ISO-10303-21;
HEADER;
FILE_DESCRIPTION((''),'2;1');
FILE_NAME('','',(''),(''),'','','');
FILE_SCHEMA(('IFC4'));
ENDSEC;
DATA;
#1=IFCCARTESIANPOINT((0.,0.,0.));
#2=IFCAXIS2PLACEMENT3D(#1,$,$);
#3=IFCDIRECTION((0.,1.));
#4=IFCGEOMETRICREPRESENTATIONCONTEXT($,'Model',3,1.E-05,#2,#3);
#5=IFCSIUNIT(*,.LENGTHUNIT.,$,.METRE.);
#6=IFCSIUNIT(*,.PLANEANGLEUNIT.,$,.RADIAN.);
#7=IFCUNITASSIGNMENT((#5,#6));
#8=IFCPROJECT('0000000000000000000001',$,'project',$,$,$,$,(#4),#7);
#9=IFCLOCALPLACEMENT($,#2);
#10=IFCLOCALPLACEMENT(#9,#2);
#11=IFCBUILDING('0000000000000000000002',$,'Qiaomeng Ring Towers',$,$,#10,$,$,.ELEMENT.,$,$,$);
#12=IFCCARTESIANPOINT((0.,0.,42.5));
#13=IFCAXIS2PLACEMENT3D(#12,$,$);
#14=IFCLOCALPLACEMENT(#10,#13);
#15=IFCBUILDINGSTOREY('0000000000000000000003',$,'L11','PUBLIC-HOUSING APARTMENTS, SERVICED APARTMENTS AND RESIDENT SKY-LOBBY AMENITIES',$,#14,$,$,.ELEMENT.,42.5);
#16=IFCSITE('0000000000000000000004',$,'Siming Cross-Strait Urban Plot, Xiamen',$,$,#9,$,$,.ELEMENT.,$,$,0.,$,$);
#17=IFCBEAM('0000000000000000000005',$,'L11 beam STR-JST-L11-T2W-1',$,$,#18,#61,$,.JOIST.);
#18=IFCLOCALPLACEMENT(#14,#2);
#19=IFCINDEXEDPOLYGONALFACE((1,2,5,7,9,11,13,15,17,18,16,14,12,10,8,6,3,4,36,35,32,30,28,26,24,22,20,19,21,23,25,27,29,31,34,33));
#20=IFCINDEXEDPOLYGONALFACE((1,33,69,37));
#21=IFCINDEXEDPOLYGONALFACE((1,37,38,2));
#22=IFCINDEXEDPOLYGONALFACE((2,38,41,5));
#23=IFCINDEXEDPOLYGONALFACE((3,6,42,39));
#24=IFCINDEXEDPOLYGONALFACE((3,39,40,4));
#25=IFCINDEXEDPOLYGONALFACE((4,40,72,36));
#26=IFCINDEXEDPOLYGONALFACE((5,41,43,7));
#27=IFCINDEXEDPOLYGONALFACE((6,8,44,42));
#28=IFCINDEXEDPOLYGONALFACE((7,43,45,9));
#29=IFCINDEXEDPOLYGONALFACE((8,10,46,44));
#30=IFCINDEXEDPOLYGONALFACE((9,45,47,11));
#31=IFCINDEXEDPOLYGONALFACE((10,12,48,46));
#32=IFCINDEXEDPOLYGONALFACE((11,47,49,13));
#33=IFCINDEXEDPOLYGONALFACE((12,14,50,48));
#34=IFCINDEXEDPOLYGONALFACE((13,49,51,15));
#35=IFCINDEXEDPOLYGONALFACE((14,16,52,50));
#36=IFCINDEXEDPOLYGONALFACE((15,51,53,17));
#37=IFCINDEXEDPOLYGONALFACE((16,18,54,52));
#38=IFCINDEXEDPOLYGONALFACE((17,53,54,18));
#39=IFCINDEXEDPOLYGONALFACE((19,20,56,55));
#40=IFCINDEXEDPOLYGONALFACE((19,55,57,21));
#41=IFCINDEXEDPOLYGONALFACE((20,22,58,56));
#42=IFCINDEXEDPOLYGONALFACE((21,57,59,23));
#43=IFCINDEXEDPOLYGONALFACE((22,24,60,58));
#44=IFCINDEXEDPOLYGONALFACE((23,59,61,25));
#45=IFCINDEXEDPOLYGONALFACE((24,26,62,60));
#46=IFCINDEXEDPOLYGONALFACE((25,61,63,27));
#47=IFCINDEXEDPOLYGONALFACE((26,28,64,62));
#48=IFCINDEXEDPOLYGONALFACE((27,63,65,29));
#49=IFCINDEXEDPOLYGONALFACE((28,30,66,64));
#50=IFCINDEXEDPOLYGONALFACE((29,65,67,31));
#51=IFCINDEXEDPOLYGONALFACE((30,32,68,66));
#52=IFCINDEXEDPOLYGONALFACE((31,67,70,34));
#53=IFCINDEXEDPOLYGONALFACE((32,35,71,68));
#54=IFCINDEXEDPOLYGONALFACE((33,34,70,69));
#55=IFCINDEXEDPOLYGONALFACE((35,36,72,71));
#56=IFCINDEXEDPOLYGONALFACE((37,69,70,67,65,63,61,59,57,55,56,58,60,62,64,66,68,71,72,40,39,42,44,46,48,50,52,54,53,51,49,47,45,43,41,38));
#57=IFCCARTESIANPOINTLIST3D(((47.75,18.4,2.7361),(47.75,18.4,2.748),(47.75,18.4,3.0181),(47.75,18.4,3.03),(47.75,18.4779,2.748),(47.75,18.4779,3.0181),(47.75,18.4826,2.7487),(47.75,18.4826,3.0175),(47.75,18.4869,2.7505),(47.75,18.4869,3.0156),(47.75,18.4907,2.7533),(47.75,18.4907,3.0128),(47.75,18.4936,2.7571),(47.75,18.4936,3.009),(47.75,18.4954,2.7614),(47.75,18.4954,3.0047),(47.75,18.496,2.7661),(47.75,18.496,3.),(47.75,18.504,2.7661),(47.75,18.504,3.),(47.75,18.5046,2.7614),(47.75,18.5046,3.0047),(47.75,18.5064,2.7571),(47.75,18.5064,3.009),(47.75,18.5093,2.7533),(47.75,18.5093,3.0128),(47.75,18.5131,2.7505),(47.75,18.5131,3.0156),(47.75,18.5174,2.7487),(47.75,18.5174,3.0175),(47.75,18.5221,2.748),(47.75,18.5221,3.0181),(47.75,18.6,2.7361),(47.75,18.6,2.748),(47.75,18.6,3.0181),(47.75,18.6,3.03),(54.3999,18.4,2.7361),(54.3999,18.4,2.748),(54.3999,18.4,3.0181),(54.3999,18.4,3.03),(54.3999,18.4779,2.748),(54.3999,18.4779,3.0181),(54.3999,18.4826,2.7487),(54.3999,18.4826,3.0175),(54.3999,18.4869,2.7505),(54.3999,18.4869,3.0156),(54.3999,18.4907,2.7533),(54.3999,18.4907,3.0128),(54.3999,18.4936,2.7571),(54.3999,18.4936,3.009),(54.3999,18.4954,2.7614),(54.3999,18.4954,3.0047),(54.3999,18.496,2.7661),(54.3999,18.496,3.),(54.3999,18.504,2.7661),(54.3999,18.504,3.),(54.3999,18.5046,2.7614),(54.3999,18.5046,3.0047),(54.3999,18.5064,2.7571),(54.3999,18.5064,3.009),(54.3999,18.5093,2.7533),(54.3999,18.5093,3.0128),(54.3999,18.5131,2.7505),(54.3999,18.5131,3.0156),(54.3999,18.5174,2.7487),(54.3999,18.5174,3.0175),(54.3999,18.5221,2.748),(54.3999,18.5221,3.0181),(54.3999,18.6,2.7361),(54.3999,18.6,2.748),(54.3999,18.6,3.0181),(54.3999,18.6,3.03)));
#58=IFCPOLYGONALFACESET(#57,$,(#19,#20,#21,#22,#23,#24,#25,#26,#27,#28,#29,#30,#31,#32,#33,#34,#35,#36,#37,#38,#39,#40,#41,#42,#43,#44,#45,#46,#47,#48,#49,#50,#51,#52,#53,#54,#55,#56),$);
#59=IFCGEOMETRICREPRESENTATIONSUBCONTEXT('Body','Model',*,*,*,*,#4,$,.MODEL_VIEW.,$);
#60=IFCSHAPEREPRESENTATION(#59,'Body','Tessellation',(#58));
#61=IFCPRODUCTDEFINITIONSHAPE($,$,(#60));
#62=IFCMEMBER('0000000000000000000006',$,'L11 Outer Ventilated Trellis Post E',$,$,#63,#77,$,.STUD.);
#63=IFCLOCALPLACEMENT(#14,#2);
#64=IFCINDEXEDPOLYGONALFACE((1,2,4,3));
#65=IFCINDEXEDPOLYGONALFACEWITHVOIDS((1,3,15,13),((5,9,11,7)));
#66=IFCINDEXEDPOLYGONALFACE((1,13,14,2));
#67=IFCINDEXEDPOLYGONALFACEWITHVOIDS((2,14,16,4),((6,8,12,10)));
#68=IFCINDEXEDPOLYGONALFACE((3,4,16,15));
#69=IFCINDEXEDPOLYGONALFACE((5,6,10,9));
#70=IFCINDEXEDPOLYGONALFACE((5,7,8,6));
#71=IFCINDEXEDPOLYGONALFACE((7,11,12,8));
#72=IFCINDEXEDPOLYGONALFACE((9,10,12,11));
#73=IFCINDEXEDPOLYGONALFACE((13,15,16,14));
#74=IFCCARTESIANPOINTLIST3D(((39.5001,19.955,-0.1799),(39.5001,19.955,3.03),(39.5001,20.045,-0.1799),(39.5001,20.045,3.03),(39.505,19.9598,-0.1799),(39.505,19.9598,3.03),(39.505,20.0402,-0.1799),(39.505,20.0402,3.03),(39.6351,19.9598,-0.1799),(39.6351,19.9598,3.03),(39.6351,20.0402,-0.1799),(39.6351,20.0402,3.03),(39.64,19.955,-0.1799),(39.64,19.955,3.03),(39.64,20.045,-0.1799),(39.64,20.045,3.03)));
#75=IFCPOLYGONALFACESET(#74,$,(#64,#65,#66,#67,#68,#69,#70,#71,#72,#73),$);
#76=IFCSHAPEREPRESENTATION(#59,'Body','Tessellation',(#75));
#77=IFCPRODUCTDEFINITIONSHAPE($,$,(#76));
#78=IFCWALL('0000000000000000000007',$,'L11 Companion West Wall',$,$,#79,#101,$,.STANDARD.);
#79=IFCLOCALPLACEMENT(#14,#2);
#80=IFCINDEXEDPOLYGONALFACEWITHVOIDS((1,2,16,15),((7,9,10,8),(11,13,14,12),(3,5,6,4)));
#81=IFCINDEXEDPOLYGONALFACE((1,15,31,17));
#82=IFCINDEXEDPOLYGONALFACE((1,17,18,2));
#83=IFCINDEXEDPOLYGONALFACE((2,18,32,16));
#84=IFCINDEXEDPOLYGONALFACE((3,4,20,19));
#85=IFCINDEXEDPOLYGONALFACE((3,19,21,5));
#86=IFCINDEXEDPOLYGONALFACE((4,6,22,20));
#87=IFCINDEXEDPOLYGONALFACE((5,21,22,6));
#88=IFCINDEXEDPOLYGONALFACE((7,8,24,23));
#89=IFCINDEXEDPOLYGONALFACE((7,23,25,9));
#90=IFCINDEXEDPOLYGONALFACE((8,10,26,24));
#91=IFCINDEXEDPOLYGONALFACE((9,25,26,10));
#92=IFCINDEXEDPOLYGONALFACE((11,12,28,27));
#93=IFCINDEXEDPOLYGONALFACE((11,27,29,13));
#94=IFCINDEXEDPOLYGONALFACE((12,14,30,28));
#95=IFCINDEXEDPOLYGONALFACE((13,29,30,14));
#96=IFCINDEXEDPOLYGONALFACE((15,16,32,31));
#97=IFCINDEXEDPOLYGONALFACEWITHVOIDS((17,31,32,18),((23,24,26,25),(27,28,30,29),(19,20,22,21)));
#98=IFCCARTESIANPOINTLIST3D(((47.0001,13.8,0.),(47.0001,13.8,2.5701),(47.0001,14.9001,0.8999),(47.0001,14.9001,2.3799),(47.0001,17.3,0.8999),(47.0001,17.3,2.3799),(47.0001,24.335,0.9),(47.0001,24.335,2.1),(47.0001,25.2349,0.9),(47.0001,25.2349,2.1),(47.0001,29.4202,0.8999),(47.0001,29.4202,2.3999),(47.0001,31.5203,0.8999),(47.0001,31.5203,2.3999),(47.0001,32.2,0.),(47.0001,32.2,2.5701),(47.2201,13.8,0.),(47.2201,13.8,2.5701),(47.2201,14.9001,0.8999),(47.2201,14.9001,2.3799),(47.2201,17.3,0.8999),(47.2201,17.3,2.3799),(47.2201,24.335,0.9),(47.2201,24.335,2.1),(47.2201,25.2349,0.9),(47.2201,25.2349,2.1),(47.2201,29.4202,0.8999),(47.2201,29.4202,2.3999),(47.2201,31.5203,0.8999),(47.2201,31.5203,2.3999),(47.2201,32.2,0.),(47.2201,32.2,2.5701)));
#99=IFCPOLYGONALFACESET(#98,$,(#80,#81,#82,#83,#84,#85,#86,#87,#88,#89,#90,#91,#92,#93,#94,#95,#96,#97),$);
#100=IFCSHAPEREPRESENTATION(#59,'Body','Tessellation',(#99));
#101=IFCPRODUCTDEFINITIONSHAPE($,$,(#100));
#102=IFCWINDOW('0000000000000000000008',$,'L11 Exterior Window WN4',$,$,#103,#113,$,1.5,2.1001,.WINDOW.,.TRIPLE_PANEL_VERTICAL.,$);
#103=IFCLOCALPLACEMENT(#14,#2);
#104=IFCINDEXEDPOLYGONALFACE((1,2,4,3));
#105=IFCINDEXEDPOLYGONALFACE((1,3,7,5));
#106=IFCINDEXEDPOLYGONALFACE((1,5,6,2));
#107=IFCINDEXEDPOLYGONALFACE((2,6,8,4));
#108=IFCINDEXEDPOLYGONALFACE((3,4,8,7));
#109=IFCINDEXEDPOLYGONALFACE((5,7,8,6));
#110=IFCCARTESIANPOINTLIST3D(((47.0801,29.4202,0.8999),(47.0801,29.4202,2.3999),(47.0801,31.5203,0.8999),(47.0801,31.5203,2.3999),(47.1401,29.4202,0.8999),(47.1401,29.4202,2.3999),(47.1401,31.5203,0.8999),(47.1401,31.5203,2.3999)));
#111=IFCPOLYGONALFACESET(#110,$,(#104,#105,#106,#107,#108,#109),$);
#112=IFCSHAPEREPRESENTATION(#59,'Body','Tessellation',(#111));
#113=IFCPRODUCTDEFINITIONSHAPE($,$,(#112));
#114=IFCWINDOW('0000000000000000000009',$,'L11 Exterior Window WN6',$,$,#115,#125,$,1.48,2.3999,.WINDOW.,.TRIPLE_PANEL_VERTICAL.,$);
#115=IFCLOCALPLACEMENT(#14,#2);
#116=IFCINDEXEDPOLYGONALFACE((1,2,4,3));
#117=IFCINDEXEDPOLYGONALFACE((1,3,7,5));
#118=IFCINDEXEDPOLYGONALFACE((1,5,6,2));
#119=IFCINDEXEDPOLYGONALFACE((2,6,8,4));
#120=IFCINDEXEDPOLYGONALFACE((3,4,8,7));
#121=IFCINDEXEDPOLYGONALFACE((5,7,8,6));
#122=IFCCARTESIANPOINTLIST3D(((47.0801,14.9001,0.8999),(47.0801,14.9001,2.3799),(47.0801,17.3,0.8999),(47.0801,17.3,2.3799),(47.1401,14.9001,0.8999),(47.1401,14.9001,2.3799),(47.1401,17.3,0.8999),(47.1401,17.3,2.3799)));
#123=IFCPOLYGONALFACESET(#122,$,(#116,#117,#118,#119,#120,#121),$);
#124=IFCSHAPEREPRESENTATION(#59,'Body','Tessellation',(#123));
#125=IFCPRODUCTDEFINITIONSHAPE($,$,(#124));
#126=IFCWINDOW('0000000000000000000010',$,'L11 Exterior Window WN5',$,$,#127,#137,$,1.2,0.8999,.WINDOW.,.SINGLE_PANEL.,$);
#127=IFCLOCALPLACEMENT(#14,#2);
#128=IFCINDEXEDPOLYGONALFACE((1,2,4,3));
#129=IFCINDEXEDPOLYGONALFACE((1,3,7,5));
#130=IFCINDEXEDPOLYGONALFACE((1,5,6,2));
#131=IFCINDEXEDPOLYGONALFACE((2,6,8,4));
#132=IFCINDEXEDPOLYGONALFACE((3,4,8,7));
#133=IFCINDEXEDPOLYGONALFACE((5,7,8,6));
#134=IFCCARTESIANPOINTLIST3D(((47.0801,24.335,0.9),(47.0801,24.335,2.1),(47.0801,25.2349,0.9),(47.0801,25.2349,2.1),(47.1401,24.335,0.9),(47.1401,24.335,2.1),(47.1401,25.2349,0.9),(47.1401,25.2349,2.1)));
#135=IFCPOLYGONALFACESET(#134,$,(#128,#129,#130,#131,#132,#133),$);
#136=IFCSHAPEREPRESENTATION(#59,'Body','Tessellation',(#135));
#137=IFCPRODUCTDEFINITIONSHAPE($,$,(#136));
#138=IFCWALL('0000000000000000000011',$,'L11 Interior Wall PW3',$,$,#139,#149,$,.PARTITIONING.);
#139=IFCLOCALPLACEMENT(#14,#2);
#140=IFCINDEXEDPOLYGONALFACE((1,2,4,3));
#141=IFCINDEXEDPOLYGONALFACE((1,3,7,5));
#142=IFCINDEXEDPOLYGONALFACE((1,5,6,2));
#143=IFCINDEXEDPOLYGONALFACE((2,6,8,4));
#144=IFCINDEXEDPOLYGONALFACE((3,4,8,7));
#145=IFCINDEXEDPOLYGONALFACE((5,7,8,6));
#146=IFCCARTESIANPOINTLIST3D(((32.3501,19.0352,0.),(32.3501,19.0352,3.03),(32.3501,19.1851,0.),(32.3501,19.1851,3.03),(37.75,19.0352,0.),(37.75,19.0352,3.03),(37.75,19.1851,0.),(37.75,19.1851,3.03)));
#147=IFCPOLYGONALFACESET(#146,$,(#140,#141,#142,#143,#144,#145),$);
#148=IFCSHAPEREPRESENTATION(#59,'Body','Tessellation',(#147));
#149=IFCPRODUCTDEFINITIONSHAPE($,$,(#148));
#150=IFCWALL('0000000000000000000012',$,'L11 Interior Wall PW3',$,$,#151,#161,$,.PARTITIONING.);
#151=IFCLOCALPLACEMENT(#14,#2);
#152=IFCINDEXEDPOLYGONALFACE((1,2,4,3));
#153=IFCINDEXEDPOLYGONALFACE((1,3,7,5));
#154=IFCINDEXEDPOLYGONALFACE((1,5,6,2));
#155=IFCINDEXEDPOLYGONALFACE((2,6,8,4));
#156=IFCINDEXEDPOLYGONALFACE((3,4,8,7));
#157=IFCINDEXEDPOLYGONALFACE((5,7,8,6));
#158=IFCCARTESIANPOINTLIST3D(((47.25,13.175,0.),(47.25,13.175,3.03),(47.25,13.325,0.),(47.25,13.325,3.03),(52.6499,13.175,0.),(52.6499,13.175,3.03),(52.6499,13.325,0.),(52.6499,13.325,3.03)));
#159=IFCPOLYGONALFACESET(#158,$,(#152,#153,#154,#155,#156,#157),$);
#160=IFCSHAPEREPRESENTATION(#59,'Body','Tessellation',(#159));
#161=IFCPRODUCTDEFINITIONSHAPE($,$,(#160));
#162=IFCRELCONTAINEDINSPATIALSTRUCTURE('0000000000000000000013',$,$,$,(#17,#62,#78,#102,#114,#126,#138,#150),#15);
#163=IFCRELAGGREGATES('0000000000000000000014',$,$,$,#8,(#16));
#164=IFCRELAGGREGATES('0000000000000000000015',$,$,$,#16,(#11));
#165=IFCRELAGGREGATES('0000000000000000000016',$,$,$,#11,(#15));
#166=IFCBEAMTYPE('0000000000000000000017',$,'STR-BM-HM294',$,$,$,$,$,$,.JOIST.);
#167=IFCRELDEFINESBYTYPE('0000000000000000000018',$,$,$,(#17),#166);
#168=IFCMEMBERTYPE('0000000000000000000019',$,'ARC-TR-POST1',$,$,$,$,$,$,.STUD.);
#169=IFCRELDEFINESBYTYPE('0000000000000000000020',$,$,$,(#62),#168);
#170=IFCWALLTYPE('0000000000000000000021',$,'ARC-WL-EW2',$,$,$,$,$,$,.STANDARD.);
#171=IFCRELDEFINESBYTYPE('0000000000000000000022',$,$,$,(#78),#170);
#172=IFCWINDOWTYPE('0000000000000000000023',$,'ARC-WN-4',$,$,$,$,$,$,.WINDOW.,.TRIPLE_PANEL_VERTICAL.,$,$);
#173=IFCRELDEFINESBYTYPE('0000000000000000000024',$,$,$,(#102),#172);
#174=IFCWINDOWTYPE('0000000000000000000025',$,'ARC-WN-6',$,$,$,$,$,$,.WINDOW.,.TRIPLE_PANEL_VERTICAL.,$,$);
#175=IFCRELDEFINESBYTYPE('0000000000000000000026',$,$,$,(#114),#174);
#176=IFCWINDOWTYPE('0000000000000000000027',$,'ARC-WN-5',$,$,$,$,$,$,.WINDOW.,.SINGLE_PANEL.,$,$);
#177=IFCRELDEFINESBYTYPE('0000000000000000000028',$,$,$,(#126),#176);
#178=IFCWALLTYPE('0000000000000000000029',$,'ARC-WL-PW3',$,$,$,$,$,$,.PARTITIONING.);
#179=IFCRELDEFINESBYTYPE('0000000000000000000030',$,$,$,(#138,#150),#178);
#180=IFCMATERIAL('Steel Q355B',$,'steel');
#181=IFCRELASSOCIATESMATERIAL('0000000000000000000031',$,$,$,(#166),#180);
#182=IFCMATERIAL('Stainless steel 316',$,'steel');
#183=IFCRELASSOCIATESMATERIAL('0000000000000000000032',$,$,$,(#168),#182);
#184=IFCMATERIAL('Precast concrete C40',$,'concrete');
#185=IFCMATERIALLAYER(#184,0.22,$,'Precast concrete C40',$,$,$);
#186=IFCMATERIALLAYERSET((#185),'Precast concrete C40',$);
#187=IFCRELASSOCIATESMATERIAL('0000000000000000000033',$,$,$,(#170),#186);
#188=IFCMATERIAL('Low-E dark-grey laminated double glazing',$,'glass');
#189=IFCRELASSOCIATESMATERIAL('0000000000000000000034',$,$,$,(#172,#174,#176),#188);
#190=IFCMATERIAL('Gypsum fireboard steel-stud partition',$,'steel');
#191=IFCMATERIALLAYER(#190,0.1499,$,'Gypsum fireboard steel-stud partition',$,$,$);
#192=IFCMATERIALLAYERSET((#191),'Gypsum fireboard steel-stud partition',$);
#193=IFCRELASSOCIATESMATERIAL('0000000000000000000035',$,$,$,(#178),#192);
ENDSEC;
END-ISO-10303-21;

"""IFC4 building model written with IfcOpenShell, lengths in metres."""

from ifc_helpers import new_model, si_unit, direction, frame, frame_2d, origin, origin_2d, place, context, subcontext, project, spatial, rectangle, hollow_rectangle, i_section, extrude, source, transform, mapped, material, layer, layer_set, material_profile, profile_set, type_object, element, fill, save


model = new_model("IFC4")

# Units and contexts
model_context = context("Model", 3, precision=1e-05, world=origin(), true_north=direction((0.0, 1.0)))
body_context = subcontext(model_context, "Body", "Model", "MODEL_VIEW")
ifc_project = project(units=[si_unit("LENGTHUNIT", "METRE"), si_unit("PLANEANGLEUNIT", "RADIAN")], contexts=[model_context])

# Site, building, storey
site_placement = place(None, origin())
site = spatial("IfcSite", under=ifc_project, at=site_placement, Name="Siming Cross-Strait Urban Plot, Xiamen", CompositionType="ELEMENT", RefElevation=0.0)
building_placement = place(site_placement, origin())
building = spatial("IfcBuilding", under=site, at=building_placement, Name="Qiaomeng Ring Towers", CompositionType="ELEMENT")
storey_placement = place(building_placement, frame((0.0, 0.0, 42.5)))
storey = spatial("IfcBuildingStorey", under=building, at=storey_placement, Name="L11", Description="PUBLIC-HOUSING APARTMENTS, SERVICED APARTMENTS AND RESIDENT SKY-LOBBY AMENITIES", CompositionType="ELEMENT", Elevation=42.5)

# Beam
ifc_material_1 = material(Name="Steel Q355B", Category="steel")
ifc_material_profile_1 = material_profile(ifc_material_1, i_section(OverallWidth=0.2, OverallDepth=0.2939, WebThickness=0.0081, FlangeThickness=0.012, FilletRadius=0.0181, at=origin_2d()), Name="HM 294x200x8x12")
ifc_profile_set_1 = profile_set([ifc_material_profile_1], Name="Steel Q355B")
beam_type_1 = type_object("IfcBeamType", Name="STR-BM-HM294", PredefinedType="JOIST", material=ifc_profile_set_1)
shared_shape_1 = source(origin(), body_context, "Body", "SweptSolid", [
    extrude(i_section(OverallWidth=0.2, OverallDepth=0.2939, WebThickness=0.0081, FlangeThickness=0.012, FilletRadius=0.0181, at=origin_2d()), origin(), (0.0, 0.0, 1.0), 6.6499),
])
beam_1_placement = place(storey_placement, frame((47.75, 18.5, 2.8831), z_axis=(1.0, 0.0, 0.0), x_axis=(0.0, 1.0, 0.0)))
element("IfcBeam", 1, at=beam_1_placement, inside=storey, type_object=beam_type_1, Name="L11 beam STR-JST-L11-T2W-1", PredefinedType="JOIST", context=body_context, shape_type="MappedRepresentation", body=[
    mapped(shared_shape_1, transform((0.0, 0.0, 0.0), x_axis=(1.0, 0.0, 0.0), y_axis=(0.0, 1.0, 0.0), z_axis=(0.0, 0.0, 1.0), scale=1.0)),
])

# Member
ifc_material_2 = material(Name="Stainless steel 316", Category="steel")
ifc_material_profile_2 = material_profile(ifc_material_2, hollow_rectangle(XDim=0.0901, YDim=0.1399, WallThickness=0.0049, at=origin_2d()), Name="SS TRELLIS 90x140")
ifc_profile_set_2 = profile_set([ifc_material_profile_2], Name="Stainless steel 316")
member_type = type_object("IfcMemberType", Name="ARC-TR-POST1", PredefinedType="STUD", material=ifc_profile_set_2)
shared_shape_2 = source(origin(), body_context, "Body", "SweptSolid", [
    extrude(hollow_rectangle(XDim=0.0901, YDim=0.1399, WallThickness=0.0049, at=origin_2d()), origin(), (0.0, 0.0, 1.0), 3.21),
])
member_placement = place(storey_placement, frame((39.5701, 20.0, -0.1799), z_axis=(0.0, 0.0, 1.0), x_axis=(0.0, 1.0, 0.0)))
element("IfcMember", 2, at=member_placement, inside=storey, type_object=member_type, Name="L11 Outer Ventilated Trellis Post E", PredefinedType="STUD", context=body_context, shape_type="MappedRepresentation", body=[
    mapped(shared_shape_2, transform((0.0, 0.0, 0.0), x_axis=(1.0, 0.0, 0.0), y_axis=(0.0, 1.0, 0.0), z_axis=(0.0, 0.0, 1.0), scale=1.0)),
])

# Wall, openings, windows
ifc_material_3 = material(Name="Precast concrete C40", Category="concrete")
ifc_layer_1 = layer(ifc_material_3, 0.22, Name="Precast concrete C40")
ifc_layer_set_1 = layer_set([ifc_layer_1], Name="Precast concrete C40")
wall_type_1 = type_object("IfcWallType", Name="ARC-WL-EW2", PredefinedType="STANDARD", material=ifc_layer_set_1)
wall_placement = place(storey_placement, frame((47.1101, 13.8, 0.0), z_axis=(0.0, 0.0, 1.0), x_axis=(0.0, 1.0, 0.0)))
wall = element("IfcWall", 3, at=wall_placement, inside=storey, type_object=wall_type_1, Name="L11 Companion West Wall", PredefinedType="STANDARD", context=body_context, shape_type="SweptSolid", body=[
    extrude(rectangle(XDim=18.3999, YDim=0.22, at=frame_2d((9.2, 0.0))), origin(), (0.0, 0.0, 1.0), 2.5701),
])
opening_1_placement = place(wall_placement, frame((1.1001, 0.0, 0.8999)))
opening_1 = element("IfcOpeningElement", 4, at=opening_1_placement, cuts=wall, PredefinedType="OPENING", context=body_context, shape_type="SweptSolid", body=[
    extrude(rectangle(XDim=2.3999, YDim=1.48, at=frame_2d((1.2, 0.74))), frame((0.0, 0.1199, 0.0), z_axis=(0.0, -1.0, 0.0), x_axis=(1.0, 0.0, 0.0)), (0.0, 0.0, 1.0), 0.24),
])
opening_2_placement = place(wall_placement, frame((15.6201, 0.0, 0.8999)))
opening_2 = element("IfcOpeningElement", 5, at=opening_2_placement, cuts=wall, PredefinedType="OPENING", context=body_context, shape_type="SweptSolid", body=[
    extrude(rectangle(XDim=2.1001, YDim=1.5, at=frame_2d((1.05, 0.75))), frame((0.0, 0.1199, 0.0), z_axis=(0.0, -1.0, 0.0), x_axis=(1.0, 0.0, 0.0)), (0.0, 0.0, 1.0), 0.24),
])
opening_3_placement = place(wall_placement, frame((10.5349, 0.0, 0.8999)))
opening_3 = element("IfcOpeningElement", 6, at=opening_3_placement, cuts=wall, PredefinedType="OPENING", context=body_context, shape_type="SweptSolid", body=[
    extrude(rectangle(XDim=0.8999, YDim=1.2, at=frame_2d((0.45, 0.6001))), frame((0.0, 0.1199, 0.0), z_axis=(0.0, -1.0, 0.0), x_axis=(1.0, 0.0, 0.0)), (0.0, 0.0, 1.0), 0.24),
])
ifc_material_4 = material(Name="Low-E dark-grey laminated double glazing", Category="glass")
window_type_1 = type_object("IfcWindowType", Name="ARC-WN-4", PartitioningType="TRIPLE_PANEL_VERTICAL", PredefinedType="WINDOW", material=ifc_material_4)
shared_shape_3 = source(origin(), body_context, "Body", "SweptSolid", [
    extrude(rectangle(XDim=2.1001, YDim=1.5, at=frame_2d((1.05, 0.75))), frame((0.0, 0.03, 0.0), z_axis=(0.0, -1.0, 0.0), x_axis=(1.0, 0.0, 0.0)), (0.0, 0.0, 1.0), 0.0601),
])
window_1_placement = place(opening_2_placement, origin())
window_1 = element("IfcWindow", 7, at=window_1_placement, inside=storey, type_object=window_type_1, Name="L11 Exterior Window WN4", OverallHeight=1.5, OverallWidth=2.1001, PartitioningType="TRIPLE_PANEL_VERTICAL", PredefinedType="WINDOW", context=body_context, shape_type="MappedRepresentation", body=[
    mapped(shared_shape_3, transform((0.0, 0.0, 0.0), x_axis=(1.0, 0.0, 0.0), y_axis=(0.0, 1.0, 0.0), z_axis=(0.0, 0.0, 1.0), scale=1.0)),
])
fill(opening_2, window_1)
window_type_2 = type_object("IfcWindowType", Name="ARC-WN-6", PartitioningType="TRIPLE_PANEL_VERTICAL", PredefinedType="WINDOW", material=ifc_material_4)
shared_shape_4 = source(origin(), body_context, "Body", "SweptSolid", [
    extrude(rectangle(XDim=2.3999, YDim=1.48, at=frame_2d((1.2, 0.74))), frame((0.0, 0.03, 0.0), z_axis=(0.0, -1.0, 0.0), x_axis=(1.0, 0.0, 0.0)), (0.0, 0.0, 1.0), 0.0601),
])
window_2_placement = place(opening_1_placement, origin())
window_2 = element("IfcWindow", 8, at=window_2_placement, inside=storey, type_object=window_type_2, Name="L11 Exterior Window WN6", OverallHeight=1.48, OverallWidth=2.3999, PartitioningType="TRIPLE_PANEL_VERTICAL", PredefinedType="WINDOW", context=body_context, shape_type="MappedRepresentation", body=[
    mapped(shared_shape_4, transform((0.0, 0.0, 0.0), x_axis=(1.0, 0.0, 0.0), y_axis=(0.0, 1.0, 0.0), z_axis=(0.0, 0.0, 1.0), scale=1.0)),
])
fill(opening_1, window_2)
window_type_3 = type_object("IfcWindowType", Name="ARC-WN-5", PartitioningType="SINGLE_PANEL", PredefinedType="WINDOW", material=ifc_material_4)
shared_shape_5 = source(origin(), body_context, "Body", "SweptSolid", [
    extrude(rectangle(XDim=0.8999, YDim=1.2, at=frame_2d((0.45, 0.6001))), frame((0.0, 0.03, 0.0), z_axis=(0.0, -1.0, 0.0), x_axis=(1.0, 0.0, 0.0)), (0.0, 0.0, 1.0), 0.0601),
])
window_3_placement = place(opening_3_placement, origin())
window_3 = element("IfcWindow", 9, at=window_3_placement, inside=storey, type_object=window_type_3, Name="L11 Exterior Window WN5", OverallHeight=1.2, OverallWidth=0.8999, PartitioningType="SINGLE_PANEL", PredefinedType="WINDOW", context=body_context, shape_type="MappedRepresentation", body=[
    mapped(shared_shape_5, transform((0.0, 0.0, 0.0), x_axis=(1.0, 0.0, 0.0), y_axis=(0.0, 1.0, 0.0), z_axis=(0.0, 0.0, 1.0), scale=1.0)),
])
fill(opening_3, window_3)

# Walls
ifc_material_5 = material(Name="Gypsum fireboard steel-stud partition", Category="steel")
ifc_layer_2 = layer(ifc_material_5, 0.1499, Name="Gypsum fireboard steel-stud partition")
ifc_layer_set_2 = layer_set([ifc_layer_2], Name="Gypsum fireboard steel-stud partition")
wall_type_2 = type_object("IfcWallType", Name="ARC-WL-PW3", PredefinedType="PARTITIONING", material=ifc_layer_set_2)
for number, where, z_axis, x_axis, name in (
    (10, (32.3501, 19.1101, 0.0), (0.0, 0.0, 1.0), (1.0, 0.0, 0.0), "L11 Interior Wall PW3"),
    (11, (47.25, 13.25, 0.0), (0.0, 0.0, 1.0), (1.0, 0.0, 0.0), "L11 Interior Wall PW3"),
):
    element("IfcWall", number, at=place(storey_placement, frame(where, z_axis=z_axis, x_axis=x_axis)), inside=storey, type_object=wall_type_2, Name=name, PredefinedType="PARTITIONING", context=body_context, shape_type="SweptSolid", body=[
        extrude(rectangle(XDim=5.3999, YDim=0.1499, at=frame_2d((2.7, 0.0))), origin(), (0.0, 0.0, 1.0), 3.03),
    ])

save(model, "model.ifc")
